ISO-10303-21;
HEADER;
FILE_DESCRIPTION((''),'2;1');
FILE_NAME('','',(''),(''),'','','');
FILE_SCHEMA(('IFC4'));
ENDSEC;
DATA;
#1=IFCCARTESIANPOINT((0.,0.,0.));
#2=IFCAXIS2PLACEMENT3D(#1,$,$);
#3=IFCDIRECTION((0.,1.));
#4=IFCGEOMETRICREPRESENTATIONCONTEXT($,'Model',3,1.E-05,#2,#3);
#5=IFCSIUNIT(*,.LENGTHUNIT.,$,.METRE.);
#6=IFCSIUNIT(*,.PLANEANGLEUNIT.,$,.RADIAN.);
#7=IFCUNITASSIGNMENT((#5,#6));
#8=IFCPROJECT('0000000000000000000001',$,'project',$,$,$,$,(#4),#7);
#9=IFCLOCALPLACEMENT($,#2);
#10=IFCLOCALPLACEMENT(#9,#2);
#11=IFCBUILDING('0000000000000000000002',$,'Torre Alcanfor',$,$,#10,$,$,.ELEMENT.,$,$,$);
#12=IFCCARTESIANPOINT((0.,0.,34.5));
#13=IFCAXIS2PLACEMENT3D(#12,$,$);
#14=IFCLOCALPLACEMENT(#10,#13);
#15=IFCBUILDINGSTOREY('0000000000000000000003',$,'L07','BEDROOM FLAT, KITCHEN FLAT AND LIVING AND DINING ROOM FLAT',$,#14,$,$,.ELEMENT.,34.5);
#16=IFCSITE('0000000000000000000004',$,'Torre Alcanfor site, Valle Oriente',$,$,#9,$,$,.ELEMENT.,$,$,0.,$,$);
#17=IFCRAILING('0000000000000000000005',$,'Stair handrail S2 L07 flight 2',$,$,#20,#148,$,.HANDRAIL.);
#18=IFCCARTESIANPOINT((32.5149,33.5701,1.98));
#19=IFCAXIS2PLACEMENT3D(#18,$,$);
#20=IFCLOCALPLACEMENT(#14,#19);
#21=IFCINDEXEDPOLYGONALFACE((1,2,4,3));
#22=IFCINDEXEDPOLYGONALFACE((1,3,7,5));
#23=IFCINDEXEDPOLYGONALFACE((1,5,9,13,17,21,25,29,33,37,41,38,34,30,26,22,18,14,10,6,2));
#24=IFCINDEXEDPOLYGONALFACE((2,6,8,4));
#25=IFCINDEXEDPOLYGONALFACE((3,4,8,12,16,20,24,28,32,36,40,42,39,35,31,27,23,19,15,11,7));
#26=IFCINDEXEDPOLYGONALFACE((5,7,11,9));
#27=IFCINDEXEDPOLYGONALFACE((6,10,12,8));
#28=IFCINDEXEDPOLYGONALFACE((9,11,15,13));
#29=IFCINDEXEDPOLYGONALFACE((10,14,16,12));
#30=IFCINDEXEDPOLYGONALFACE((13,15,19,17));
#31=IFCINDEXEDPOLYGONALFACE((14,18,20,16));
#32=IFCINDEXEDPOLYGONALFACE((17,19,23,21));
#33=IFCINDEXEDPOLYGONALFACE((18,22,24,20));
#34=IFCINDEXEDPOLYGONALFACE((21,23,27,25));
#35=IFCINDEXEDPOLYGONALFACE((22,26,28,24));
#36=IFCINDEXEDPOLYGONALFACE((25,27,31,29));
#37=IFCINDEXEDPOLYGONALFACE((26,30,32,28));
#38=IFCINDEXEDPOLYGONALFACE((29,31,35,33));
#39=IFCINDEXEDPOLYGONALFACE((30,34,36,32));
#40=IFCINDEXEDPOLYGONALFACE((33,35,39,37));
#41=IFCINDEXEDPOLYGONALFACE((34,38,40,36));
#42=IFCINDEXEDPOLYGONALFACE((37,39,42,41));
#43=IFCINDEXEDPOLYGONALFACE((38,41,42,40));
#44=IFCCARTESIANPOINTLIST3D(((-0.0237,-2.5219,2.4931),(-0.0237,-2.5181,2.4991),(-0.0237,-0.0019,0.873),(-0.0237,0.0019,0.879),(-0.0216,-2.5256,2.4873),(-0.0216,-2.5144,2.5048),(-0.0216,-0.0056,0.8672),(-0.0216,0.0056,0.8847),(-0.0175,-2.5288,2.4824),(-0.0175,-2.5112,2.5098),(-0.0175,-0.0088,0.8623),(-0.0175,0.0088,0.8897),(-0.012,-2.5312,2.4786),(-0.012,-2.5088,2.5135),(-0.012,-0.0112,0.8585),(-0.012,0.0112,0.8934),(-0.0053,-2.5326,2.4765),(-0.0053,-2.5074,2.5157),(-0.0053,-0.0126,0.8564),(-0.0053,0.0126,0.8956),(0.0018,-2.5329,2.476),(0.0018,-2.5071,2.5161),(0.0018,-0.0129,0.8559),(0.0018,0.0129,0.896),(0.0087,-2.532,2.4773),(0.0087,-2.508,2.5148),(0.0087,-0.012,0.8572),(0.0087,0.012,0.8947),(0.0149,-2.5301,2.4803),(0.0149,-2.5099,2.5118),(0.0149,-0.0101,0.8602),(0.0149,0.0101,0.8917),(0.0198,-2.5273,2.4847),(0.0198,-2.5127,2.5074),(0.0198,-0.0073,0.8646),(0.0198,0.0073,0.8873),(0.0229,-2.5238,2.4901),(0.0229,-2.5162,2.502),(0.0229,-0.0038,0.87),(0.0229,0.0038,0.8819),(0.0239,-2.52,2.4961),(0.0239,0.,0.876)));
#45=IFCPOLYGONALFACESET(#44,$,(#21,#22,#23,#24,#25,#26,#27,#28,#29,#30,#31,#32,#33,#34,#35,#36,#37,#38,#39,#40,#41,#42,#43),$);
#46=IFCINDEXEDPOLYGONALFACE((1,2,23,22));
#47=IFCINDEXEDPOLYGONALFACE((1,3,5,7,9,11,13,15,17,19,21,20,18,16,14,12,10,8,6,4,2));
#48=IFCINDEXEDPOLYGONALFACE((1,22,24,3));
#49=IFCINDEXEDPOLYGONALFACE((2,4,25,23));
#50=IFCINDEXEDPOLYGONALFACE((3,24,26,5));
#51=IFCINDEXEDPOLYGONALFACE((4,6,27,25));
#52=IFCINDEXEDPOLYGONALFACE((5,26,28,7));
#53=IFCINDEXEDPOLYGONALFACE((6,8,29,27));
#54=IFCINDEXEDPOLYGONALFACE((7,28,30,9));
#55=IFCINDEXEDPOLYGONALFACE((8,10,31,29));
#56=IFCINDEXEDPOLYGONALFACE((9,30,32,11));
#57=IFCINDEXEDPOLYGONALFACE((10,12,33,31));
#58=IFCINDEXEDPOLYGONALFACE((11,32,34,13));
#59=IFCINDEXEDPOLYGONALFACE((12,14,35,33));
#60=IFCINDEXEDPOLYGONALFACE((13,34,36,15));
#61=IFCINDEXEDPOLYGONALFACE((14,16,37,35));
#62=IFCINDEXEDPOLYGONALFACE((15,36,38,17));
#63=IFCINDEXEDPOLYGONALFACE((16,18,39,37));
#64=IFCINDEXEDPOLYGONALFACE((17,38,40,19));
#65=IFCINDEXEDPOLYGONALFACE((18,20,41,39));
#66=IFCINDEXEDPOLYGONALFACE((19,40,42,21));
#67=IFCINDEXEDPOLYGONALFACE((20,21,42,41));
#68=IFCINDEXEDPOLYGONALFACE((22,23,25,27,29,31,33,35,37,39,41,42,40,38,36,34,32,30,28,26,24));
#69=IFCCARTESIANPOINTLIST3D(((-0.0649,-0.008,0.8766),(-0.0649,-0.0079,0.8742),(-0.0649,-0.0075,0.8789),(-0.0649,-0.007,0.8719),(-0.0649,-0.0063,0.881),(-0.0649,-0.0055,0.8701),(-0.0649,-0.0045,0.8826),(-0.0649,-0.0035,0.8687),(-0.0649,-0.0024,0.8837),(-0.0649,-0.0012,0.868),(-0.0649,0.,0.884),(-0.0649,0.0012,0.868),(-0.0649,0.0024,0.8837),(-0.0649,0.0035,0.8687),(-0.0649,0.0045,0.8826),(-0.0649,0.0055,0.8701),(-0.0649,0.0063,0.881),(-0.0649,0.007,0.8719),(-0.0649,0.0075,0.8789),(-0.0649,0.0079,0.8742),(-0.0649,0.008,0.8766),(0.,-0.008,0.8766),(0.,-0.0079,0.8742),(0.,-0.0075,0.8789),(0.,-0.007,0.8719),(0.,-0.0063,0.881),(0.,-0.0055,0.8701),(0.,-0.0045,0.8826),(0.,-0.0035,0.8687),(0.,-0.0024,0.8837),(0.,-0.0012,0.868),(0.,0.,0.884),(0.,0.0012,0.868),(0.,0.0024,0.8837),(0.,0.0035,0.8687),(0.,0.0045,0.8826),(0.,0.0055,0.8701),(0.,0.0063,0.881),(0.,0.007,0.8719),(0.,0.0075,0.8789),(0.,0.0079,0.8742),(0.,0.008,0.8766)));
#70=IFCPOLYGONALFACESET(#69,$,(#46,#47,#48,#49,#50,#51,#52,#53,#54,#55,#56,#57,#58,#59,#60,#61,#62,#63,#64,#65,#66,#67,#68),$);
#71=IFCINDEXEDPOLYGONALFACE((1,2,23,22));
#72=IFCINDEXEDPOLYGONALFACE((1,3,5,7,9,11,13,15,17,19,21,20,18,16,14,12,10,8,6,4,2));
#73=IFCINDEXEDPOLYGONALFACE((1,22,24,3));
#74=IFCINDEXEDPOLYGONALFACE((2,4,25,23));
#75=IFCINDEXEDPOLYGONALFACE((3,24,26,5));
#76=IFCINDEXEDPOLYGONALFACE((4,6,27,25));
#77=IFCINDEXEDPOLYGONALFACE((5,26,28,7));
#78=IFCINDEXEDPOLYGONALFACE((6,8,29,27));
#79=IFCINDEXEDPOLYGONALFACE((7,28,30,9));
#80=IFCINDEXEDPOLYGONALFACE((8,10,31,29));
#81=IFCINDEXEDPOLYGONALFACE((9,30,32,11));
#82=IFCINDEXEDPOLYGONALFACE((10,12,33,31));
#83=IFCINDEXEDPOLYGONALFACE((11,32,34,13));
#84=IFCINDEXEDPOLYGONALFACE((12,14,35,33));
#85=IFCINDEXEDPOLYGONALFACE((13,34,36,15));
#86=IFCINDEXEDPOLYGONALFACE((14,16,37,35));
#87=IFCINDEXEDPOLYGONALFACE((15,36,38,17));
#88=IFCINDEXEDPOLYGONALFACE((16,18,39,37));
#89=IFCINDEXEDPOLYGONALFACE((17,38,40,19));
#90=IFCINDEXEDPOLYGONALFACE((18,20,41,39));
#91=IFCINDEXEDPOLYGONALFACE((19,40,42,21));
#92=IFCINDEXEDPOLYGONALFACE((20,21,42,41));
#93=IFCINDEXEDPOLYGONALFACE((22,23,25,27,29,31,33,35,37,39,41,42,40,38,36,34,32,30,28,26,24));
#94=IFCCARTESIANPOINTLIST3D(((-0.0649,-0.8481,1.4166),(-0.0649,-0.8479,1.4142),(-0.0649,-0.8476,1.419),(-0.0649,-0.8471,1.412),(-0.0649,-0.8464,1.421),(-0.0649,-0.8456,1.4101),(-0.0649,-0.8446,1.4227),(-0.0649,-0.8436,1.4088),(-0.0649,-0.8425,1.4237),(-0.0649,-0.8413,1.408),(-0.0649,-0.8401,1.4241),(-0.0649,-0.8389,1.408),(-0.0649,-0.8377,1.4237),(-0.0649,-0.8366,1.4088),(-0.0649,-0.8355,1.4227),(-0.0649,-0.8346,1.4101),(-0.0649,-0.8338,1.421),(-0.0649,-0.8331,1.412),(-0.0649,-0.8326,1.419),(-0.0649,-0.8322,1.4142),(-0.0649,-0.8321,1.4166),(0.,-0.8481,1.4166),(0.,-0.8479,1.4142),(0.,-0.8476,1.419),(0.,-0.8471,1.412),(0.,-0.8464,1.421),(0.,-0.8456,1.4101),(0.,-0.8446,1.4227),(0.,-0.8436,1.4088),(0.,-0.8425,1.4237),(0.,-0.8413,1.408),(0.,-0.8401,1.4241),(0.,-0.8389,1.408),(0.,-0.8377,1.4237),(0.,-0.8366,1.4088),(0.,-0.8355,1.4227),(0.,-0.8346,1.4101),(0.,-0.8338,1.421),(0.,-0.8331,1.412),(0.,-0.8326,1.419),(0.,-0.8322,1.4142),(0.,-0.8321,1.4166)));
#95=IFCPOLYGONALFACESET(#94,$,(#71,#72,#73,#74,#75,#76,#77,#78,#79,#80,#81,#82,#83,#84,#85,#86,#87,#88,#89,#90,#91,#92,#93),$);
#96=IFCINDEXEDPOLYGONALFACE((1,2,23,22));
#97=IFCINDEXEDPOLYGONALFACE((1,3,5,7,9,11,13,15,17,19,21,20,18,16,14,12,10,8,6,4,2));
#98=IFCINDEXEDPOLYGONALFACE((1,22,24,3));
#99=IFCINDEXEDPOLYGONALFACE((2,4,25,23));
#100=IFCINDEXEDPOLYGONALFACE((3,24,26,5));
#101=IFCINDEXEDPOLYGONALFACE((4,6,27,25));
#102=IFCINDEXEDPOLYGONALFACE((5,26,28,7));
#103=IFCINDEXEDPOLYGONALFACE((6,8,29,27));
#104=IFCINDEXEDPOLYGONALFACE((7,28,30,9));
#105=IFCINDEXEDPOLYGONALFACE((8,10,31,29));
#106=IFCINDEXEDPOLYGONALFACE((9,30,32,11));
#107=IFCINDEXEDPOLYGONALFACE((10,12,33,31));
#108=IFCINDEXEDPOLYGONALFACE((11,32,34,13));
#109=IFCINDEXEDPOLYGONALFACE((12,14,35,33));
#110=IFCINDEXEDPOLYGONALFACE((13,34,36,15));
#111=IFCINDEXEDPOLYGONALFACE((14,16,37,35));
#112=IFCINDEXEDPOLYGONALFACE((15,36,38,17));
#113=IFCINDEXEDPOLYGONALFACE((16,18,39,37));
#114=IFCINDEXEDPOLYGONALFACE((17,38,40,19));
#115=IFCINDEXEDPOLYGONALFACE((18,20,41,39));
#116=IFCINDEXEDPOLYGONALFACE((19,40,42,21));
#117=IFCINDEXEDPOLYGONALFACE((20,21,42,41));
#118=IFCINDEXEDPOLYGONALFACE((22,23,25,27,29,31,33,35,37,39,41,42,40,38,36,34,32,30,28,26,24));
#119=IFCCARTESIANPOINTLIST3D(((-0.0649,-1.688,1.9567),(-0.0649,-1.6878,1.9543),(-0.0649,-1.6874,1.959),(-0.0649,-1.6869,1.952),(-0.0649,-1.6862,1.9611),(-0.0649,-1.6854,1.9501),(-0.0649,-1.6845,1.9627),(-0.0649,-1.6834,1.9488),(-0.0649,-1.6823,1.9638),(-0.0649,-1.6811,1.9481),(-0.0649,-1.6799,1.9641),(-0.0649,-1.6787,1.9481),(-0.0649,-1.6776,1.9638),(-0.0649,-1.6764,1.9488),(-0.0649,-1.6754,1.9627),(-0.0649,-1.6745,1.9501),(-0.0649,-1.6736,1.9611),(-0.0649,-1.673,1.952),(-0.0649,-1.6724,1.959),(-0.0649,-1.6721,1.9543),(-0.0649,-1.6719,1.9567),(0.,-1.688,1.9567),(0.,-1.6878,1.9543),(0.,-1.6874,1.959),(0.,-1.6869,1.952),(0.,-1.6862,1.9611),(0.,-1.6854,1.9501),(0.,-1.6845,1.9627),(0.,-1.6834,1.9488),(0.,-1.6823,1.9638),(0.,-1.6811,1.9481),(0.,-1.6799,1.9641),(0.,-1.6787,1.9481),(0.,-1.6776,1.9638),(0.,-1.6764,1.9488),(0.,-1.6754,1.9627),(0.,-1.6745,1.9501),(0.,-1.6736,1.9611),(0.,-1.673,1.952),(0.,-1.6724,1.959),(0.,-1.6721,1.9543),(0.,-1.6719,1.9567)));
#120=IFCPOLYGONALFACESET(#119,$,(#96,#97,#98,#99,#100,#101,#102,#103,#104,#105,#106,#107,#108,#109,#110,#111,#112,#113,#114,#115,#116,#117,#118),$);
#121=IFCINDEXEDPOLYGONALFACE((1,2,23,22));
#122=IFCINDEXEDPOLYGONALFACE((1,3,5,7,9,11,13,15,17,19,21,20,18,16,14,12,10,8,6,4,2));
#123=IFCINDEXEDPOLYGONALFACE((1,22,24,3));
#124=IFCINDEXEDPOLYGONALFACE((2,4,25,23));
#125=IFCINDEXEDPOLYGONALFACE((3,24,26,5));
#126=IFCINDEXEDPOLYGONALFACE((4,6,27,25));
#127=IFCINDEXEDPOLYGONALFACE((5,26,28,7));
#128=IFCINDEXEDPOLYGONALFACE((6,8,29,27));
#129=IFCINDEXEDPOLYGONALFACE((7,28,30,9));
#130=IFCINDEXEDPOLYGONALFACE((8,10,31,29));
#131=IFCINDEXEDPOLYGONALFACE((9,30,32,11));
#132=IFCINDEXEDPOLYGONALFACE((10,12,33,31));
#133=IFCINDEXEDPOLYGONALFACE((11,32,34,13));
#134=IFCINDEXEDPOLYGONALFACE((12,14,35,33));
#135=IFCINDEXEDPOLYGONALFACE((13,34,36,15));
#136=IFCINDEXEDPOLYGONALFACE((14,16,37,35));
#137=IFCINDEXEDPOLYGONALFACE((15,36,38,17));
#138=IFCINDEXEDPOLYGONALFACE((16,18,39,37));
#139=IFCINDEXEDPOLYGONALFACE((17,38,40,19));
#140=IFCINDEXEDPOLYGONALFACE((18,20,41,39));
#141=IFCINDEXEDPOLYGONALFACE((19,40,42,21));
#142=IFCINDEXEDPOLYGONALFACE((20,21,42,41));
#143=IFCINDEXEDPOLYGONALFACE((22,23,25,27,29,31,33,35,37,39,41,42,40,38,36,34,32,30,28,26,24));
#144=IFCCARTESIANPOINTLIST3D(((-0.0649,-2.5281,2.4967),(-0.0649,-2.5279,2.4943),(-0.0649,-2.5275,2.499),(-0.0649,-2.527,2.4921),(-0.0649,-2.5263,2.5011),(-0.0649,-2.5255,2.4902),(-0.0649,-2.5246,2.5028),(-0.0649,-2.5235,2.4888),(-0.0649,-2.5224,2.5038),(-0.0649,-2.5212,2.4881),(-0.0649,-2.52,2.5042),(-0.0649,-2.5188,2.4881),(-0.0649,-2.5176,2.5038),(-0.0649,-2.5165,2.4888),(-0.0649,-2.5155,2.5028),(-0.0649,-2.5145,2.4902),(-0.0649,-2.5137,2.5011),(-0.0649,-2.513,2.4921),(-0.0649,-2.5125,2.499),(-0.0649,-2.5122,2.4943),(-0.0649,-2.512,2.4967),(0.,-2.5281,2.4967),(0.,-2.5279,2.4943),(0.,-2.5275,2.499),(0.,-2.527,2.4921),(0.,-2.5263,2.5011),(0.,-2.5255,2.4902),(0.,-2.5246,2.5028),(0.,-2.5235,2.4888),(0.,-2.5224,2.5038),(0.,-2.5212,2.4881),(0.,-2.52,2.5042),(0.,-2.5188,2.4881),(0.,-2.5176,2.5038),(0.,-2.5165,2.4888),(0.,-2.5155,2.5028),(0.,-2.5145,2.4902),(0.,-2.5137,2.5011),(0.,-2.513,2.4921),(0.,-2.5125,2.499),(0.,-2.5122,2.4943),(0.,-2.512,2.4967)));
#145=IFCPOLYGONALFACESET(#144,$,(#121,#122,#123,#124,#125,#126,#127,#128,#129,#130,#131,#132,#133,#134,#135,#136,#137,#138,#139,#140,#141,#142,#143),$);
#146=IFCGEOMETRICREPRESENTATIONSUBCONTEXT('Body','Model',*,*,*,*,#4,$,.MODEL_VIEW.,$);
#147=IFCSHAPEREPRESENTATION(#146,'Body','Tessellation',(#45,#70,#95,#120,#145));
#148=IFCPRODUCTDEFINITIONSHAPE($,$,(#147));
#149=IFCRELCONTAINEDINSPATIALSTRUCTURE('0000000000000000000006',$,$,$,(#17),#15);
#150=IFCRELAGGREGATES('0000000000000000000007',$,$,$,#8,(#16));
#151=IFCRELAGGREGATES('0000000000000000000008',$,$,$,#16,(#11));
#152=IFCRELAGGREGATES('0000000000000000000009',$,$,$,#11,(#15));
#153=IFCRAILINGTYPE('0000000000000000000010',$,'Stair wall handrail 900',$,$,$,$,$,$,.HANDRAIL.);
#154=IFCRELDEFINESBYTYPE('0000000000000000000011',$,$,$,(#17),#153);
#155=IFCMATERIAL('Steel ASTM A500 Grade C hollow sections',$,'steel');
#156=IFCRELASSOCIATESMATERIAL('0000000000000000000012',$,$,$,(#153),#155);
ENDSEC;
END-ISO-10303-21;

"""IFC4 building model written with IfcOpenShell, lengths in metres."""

from ifc_helpers import new_model, si_unit, direction, frame, origin, origin_2d, place, context, subcontext, project, spatial, circle, extrude, material, type_object, element, save


model = new_model("IFC4")

# Units and contexts
model_context = context("Model", 3, precision=1e-05, world=origin(), true_north=direction((0.0, 1.0)))
body_context = subcontext(model_context, "Body", "Model", "MODEL_VIEW")
ifc_project = project(units=[si_unit("LENGTHUNIT", "METRE"), si_unit("PLANEANGLEUNIT", "RADIAN")], contexts=[model_context])

# Site, building, storey
site_placement = place(None, origin())
site = spatial("IfcSite", under=ifc_project, at=site_placement, Name="Torre Alcanfor site, Valle Oriente", CompositionType="ELEMENT", RefElevation=0.0)
building_placement = place(site_placement, origin())
building = spatial("IfcBuilding", under=site, at=building_placement, Name="Torre Alcanfor", CompositionType="ELEMENT")
storey_placement = place(building_placement, frame((0.0, 0.0, 34.5)))
storey = spatial("IfcBuildingStorey", under=building, at=storey_placement, Name="L07", Description="BEDROOM FLAT, KITCHEN FLAT AND LIVING AND DINING ROOM FLAT", CompositionType="ELEMENT", Elevation=34.5)

# Railing
ifc_material_1 = material(Name="Steel ASTM A500 Grade C hollow sections", Category="steel")
railing_type_1 = type_object("IfcRailingType", Name="Stair wall handrail 900", PredefinedType="HANDRAIL", material=ifc_material_1)
railing_1_placement = place(storey_placement, frame((32.5149, 33.5701, 1.98)))
element("IfcRailing", 1, at=railing_1_placement, inside=storey, type_object=railing_type_1, Name="Stair handrail S2 L07 flight 2", PredefinedType="HANDRAIL", context=body_context, shape_type="SweptSolid", body=[
    extrude(circle(Radius=0.0239, at=origin_2d()), frame((0.0, 0.0, 0.876), z_axis=(0.0, -0.841163, 0.540782), x_axis=(1.0, 0.0, 0.0)), (0.0, 0.0, 1.0), 2.9958),
    extrude(circle(Radius=0.0081, at=origin_2d()), frame((0.0, 0.0, 0.876), z_axis=(-1.0, 0.0, 0.0), x_axis=(0.0, 0.0, 1.0)), (0.0, 0.0, 1.0), 0.0649),
    extrude(circle(Radius=0.0081, at=origin_2d()), frame((0.0, -0.8401, 1.416), z_axis=(-1.0, 0.0, 0.0), x_axis=(0.0, 0.0, 1.0)), (0.0, 0.0, 1.0), 0.0649),
    extrude(circle(Radius=0.0081, at=origin_2d()), frame((0.0, -1.6799, 1.9561), z_axis=(-1.0, 0.0, 0.0), x_axis=(0.0, 0.0, 1.0)), (0.0, 0.0, 1.0), 0.0649),
    extrude(circle(Radius=0.0081, at=origin_2d()), frame((0.0, -2.52, 2.4961), z_axis=(-1.0, 0.0, 0.0), x_axis=(0.0, 0.0, 1.0)), (0.0, 0.0, 1.0), 0.0649),
])

save(model, "model.ifc")
